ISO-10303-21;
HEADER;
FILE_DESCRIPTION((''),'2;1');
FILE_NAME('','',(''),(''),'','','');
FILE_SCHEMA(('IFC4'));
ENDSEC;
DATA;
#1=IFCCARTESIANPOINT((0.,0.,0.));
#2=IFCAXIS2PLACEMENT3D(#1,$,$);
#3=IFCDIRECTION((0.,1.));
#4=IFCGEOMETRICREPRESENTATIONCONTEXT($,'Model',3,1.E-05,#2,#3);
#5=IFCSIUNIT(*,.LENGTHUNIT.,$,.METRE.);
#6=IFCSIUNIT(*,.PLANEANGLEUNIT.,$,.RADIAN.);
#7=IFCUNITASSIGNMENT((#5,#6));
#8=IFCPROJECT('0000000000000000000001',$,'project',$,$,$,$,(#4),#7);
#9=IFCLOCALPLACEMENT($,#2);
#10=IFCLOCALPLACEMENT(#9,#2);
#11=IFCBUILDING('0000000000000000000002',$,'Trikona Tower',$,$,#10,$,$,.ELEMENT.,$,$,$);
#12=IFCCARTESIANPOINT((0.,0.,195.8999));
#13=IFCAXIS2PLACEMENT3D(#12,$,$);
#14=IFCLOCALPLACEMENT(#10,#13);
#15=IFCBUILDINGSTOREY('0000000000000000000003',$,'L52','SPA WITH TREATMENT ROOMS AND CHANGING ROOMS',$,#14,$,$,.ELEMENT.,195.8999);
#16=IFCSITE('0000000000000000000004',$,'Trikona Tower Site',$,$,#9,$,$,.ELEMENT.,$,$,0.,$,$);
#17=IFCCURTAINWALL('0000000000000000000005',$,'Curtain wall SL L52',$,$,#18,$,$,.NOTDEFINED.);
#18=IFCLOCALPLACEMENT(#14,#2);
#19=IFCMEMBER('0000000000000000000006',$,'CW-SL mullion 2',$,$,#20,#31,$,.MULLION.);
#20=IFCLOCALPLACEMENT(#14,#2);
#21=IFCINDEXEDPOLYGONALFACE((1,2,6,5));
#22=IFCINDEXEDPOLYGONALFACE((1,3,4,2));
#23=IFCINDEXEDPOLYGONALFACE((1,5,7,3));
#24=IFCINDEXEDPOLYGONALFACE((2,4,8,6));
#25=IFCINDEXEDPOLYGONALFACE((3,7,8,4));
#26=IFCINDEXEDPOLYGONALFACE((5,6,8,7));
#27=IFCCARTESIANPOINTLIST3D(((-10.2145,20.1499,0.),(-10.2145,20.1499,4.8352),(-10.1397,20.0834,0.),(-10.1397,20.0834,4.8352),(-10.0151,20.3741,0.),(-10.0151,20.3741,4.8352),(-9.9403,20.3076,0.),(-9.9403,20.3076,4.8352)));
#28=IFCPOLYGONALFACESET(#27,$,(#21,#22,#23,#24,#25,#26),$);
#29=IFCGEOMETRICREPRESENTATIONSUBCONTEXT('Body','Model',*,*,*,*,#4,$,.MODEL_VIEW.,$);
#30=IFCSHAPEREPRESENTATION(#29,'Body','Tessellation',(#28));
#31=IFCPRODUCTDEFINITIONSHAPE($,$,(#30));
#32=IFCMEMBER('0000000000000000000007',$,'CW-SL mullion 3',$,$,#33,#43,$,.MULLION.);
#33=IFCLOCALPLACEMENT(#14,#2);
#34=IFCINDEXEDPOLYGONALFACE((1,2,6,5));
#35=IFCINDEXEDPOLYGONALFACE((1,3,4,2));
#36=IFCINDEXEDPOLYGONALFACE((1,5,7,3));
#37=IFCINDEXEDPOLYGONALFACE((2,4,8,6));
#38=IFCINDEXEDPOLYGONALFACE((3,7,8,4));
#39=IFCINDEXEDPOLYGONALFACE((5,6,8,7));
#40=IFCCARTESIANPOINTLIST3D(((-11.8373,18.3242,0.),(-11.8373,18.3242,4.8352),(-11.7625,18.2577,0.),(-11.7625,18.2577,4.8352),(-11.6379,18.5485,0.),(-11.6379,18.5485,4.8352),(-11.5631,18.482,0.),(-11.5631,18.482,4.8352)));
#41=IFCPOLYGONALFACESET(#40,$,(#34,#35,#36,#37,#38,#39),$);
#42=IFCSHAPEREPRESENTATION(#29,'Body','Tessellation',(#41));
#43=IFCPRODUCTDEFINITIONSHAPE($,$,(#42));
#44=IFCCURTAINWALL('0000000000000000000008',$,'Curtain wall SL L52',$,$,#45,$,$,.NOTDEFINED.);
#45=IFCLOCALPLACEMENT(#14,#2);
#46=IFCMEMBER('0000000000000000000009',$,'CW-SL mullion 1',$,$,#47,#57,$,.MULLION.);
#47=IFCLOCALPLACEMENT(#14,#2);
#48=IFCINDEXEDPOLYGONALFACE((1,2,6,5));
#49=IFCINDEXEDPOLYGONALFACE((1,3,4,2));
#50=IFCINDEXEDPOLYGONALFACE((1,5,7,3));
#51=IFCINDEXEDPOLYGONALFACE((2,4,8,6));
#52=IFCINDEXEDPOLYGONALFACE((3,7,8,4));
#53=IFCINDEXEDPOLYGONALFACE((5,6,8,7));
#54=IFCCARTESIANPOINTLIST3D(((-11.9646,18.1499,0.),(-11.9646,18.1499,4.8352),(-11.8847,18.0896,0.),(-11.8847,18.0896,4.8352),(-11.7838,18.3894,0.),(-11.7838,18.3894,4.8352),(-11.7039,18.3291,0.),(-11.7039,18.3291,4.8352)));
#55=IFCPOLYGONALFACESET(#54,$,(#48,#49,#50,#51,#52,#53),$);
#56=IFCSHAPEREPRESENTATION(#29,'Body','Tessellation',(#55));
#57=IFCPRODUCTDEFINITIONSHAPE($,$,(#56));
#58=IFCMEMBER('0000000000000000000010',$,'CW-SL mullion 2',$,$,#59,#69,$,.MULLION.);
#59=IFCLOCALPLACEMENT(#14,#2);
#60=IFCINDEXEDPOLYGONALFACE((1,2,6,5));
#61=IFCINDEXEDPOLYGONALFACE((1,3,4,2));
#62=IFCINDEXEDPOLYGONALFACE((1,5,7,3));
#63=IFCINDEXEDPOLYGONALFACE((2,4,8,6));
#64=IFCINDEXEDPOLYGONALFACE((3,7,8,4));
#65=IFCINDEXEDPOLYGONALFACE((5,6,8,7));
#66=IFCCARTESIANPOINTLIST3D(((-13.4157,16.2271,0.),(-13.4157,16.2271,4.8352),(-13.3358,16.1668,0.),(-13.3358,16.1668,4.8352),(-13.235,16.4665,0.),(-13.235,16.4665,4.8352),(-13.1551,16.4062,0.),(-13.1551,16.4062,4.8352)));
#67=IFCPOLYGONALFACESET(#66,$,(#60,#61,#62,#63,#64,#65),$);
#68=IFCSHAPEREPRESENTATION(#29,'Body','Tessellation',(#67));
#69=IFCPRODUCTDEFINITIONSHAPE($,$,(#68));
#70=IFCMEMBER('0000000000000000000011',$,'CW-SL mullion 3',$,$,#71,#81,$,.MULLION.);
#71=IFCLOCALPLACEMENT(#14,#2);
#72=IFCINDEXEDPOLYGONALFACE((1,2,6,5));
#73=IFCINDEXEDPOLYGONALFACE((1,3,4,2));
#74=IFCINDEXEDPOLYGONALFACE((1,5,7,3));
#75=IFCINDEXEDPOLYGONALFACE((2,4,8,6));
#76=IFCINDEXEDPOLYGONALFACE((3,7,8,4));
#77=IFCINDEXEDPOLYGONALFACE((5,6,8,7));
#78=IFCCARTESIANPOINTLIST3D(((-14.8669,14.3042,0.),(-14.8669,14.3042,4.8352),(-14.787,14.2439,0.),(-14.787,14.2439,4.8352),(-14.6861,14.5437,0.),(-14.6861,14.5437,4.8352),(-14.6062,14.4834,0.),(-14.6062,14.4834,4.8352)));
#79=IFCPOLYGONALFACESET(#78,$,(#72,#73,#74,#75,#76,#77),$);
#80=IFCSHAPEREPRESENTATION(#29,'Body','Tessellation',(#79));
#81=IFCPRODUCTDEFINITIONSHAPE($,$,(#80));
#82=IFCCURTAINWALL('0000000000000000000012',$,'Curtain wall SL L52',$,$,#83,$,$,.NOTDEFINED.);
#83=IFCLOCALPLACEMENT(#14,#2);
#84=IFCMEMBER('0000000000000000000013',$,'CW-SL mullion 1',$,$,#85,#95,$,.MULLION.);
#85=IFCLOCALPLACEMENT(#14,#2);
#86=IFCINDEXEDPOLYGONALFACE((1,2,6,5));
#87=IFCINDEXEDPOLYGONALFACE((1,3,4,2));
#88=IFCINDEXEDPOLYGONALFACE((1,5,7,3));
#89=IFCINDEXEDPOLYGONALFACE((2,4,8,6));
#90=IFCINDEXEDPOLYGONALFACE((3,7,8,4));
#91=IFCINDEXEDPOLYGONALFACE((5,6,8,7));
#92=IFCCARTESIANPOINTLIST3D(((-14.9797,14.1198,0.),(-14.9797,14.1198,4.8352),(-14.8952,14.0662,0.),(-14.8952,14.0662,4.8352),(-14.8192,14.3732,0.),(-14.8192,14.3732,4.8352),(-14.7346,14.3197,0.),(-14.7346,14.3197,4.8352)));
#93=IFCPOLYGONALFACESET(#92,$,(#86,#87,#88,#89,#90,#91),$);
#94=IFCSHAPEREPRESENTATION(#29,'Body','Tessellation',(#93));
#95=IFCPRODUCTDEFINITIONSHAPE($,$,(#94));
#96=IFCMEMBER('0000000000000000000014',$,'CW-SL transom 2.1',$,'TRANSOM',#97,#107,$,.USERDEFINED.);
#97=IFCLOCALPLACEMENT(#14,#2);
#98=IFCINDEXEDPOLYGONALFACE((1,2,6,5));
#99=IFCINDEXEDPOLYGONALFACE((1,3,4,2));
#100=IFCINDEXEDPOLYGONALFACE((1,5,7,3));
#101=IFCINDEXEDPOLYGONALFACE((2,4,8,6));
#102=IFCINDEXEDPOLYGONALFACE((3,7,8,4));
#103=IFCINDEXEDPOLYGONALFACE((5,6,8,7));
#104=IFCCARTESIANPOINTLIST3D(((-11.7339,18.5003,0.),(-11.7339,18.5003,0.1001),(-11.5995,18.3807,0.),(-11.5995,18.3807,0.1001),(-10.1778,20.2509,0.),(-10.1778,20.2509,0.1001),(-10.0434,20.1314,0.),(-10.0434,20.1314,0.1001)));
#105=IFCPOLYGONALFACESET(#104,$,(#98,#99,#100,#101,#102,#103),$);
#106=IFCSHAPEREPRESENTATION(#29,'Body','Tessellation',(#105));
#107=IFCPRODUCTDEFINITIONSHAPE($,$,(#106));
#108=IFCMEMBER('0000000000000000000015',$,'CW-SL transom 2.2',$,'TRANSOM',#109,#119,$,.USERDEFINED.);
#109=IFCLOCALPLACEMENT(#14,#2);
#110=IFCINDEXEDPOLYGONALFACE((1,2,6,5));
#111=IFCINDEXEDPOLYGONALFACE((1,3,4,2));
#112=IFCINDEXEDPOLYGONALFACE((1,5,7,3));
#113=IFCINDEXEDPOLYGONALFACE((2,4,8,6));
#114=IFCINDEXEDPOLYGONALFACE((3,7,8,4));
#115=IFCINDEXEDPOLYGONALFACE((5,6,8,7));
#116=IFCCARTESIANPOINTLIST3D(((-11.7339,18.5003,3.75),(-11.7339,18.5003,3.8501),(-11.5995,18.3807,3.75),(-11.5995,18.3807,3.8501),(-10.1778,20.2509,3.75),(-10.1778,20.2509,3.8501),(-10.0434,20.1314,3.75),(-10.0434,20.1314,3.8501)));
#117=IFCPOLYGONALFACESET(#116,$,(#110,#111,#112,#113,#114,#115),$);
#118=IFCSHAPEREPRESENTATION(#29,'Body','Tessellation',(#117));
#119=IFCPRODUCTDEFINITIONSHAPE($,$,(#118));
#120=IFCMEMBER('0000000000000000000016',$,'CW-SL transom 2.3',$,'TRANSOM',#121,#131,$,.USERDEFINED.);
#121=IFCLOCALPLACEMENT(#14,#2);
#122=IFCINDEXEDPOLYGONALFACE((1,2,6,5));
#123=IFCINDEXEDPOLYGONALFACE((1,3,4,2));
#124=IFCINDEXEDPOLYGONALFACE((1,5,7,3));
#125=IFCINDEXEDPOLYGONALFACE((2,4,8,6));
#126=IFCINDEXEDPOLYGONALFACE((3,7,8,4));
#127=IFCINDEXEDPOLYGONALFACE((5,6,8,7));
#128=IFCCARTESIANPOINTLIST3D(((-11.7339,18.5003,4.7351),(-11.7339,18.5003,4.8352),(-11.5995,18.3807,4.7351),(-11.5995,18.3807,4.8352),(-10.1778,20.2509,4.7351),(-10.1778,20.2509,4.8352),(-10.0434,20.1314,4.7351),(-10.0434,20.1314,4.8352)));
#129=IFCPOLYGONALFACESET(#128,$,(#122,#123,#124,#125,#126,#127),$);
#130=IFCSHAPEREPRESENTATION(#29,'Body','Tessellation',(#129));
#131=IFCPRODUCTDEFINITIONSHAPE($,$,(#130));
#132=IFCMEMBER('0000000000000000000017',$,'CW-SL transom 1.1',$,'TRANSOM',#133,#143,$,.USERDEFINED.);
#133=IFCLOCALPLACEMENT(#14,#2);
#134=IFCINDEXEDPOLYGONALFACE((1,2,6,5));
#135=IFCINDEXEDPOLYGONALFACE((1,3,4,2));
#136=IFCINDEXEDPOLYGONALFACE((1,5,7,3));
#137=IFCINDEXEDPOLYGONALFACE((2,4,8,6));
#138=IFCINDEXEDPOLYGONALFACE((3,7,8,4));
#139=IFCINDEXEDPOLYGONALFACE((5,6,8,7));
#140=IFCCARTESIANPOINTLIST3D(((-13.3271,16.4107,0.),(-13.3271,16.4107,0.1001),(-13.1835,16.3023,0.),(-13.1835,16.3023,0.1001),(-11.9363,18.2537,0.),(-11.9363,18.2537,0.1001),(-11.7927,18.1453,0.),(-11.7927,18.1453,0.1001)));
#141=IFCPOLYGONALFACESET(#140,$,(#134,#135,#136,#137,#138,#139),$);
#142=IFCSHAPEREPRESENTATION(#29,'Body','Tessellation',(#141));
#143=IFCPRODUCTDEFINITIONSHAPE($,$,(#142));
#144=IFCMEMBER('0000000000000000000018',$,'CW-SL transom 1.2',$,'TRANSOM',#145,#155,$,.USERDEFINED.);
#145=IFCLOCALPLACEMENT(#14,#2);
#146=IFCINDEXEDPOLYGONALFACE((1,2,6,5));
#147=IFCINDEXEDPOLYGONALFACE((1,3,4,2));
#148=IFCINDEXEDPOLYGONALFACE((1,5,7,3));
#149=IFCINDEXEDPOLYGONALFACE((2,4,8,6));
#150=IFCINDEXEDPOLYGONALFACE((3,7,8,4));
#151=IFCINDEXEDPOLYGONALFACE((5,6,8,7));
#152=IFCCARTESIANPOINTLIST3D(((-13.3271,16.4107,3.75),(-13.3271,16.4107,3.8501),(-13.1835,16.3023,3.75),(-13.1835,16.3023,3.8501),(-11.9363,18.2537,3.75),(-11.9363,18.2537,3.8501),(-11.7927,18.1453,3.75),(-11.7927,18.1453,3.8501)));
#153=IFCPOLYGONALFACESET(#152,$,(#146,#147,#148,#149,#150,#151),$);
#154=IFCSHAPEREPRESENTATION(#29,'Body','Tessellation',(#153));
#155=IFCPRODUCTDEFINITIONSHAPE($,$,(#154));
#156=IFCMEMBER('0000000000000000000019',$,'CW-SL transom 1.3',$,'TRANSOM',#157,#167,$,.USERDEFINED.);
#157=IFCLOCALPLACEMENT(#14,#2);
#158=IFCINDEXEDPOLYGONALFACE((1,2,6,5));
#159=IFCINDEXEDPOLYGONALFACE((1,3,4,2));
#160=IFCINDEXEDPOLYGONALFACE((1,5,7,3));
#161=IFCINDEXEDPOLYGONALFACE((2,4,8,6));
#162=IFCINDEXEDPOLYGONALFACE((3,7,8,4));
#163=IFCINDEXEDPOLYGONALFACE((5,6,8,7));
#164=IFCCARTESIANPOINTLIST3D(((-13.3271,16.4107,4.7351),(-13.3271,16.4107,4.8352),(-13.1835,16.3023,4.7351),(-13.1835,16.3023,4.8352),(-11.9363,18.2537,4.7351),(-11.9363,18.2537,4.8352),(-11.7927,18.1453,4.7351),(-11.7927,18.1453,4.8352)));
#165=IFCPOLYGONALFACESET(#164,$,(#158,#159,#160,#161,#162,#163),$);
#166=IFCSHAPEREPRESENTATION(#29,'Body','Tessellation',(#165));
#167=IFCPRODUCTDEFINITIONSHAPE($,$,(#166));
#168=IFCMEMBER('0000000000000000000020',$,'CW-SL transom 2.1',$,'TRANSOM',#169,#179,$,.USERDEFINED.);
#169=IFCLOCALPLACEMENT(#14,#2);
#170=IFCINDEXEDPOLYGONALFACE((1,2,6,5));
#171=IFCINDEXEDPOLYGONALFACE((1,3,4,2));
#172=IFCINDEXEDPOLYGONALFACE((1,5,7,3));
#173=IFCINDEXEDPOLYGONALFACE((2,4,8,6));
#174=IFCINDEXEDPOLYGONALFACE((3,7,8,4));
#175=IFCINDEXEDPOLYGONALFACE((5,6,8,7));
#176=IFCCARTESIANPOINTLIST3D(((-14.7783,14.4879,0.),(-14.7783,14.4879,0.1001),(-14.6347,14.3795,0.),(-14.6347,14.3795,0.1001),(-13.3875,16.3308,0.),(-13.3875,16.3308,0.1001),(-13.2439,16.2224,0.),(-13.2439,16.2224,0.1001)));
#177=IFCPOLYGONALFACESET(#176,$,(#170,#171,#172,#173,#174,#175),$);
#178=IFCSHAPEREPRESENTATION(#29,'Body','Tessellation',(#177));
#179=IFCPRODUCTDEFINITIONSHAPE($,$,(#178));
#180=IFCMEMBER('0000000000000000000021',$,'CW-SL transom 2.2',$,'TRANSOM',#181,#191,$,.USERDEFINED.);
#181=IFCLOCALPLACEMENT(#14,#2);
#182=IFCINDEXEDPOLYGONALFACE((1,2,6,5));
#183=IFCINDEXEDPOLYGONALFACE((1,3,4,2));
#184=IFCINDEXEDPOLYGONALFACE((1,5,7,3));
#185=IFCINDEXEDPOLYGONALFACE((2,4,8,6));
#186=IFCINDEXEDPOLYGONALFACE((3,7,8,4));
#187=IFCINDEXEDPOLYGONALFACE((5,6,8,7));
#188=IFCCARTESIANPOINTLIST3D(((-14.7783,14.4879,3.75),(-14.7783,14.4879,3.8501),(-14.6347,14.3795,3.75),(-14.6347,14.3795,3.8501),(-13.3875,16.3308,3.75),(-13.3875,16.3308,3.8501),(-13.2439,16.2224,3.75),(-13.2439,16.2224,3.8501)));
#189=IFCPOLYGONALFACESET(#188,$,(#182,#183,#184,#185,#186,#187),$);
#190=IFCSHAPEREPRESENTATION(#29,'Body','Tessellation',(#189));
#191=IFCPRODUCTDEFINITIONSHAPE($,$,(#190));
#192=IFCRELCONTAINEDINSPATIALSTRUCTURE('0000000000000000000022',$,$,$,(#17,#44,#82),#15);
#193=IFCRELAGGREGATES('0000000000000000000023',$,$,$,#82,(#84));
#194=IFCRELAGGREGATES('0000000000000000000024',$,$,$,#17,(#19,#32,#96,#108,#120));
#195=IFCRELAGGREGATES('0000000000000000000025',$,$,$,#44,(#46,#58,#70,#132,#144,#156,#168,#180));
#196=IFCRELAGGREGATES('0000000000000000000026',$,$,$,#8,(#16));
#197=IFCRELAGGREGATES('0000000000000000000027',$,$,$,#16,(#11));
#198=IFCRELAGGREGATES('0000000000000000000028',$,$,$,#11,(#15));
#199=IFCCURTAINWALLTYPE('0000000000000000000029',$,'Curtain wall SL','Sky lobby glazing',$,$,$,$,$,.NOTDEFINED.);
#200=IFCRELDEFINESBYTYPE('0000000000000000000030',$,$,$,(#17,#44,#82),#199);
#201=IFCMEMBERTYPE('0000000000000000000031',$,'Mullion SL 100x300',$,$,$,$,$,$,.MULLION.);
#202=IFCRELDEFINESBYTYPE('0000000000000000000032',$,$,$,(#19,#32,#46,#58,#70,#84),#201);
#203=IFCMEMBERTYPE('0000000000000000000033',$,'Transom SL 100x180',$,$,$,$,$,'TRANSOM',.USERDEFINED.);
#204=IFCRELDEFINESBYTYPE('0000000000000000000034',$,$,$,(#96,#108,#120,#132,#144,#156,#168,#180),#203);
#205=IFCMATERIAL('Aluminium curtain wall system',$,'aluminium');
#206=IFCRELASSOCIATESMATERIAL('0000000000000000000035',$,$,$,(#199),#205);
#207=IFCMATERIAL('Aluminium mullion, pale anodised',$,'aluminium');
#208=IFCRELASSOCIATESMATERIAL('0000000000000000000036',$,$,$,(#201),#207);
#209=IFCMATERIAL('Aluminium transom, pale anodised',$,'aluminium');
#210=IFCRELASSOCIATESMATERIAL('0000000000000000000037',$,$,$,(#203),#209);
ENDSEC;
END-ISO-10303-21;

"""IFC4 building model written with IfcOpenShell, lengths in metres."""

from ifc_helpers import new_model, si_unit, direction, frame, origin, origin_2d, place, context, subcontext, project, spatial, rectangle, extrude, material, material_profile, profile_set, type_object, element, aggregate, save


model = new_model("IFC4")

# Units and contexts
model_context = context("Model", 3, precision=1e-05, world=origin(), true_north=direction((0.0, 1.0)))
body_context = subcontext(model_context, "Body", "Model", "MODEL_VIEW")
ifc_project = project(units=[si_unit("LENGTHUNIT", "METRE"), si_unit("PLANEANGLEUNIT", "RADIAN")], contexts=[model_context])

# Site, building, storey
site_placement = place(None, origin())
site = spatial("IfcSite", under=ifc_project, at=site_placement, Name="Trikona Tower Site", CompositionType="ELEMENT", RefElevation=0.0)
building_placement = place(site_placement, origin())
building = spatial("IfcBuilding", under=site, at=building_placement, Name="Trikona Tower", CompositionType="ELEMENT")
storey_placement = place(building_placement, frame((0.0, 0.0, 195.8999)))
storey = spatial("IfcBuildingStorey", under=building, at=storey_placement, Name="L52", Description="SPA WITH TREATMENT ROOMS AND CHANGING ROOMS", CompositionType="ELEMENT", Elevation=195.8999)

# Curtain walls, members
ifc_material_1 = material(Name="Aluminium curtain wall system", Category="aluminium")
curtain_wall_type = type_object("IfcCurtainWallType", Name="Curtain wall SL", Description="Sky lobby glazing", PredefinedType="NOTDEFINED", material=ifc_material_1)
curtain_wall_1_placement = place(storey_placement, origin())
curtain_wall_1 = element("IfcCurtainWall", 1, at=curtain_wall_1_placement, inside=storey, type_object=curtain_wall_type, Name="Curtain wall SL L52", PredefinedType="NOTDEFINED")
ifc_material_2 = material(Name="Aluminium mullion, pale anodised", Category="aluminium")
ifc_material_profile_1 = material_profile(ifc_material_2, rectangle(XDim=0.1001, YDim=0.3, at=origin_2d()), Name="MUL-SL")
ifc_profile_set_1 = profile_set([ifc_material_profile_1], Name="Aluminium mullion, pale anodised")
member_type_1 = type_object("IfcMemberType", Name="Mullion SL 100x300", PredefinedType="MULLION", material=ifc_profile_set_1)
member_1_placement = place(storey_placement, frame((-10.0774, 20.2288, 0.0), z_axis=(0.0, 0.0, 1.0), x_axis=(0.747403, -0.664371, 0.0)))
member_1 = element("IfcMember", 2, at=member_1_placement, type_object=member_type_1, Name="CW-SL mullion 2", PredefinedType="MULLION", context=body_context, shape_type="SweptSolid", body=[
    extrude(rectangle(XDim=0.1001, YDim=0.3, at=origin_2d()), origin(), (0.0, 0.0, 1.0), 4.8352),
])
member_2_placement = place(storey_placement, frame((-11.7002, 18.4031, 0.0), z_axis=(0.0, 0.0, 1.0), x_axis=(0.747403, -0.664371, 0.0)))
member_2 = element("IfcMember", 3, at=member_2_placement, type_object=member_type_1, Name="CW-SL mullion 3", PredefinedType="MULLION", context=body_context, shape_type="SweptSolid", body=[
    extrude(rectangle(XDim=0.1001, YDim=0.3, at=origin_2d()), origin(), (0.0, 0.0, 1.0), 4.8352),
])
curtain_wall_2_placement = place(storey_placement, origin())
curtain_wall_2 = element("IfcCurtainWall", 4, at=curtain_wall_2_placement, inside=storey, type_object=curtain_wall_type, Name="Curtain wall SL L52", PredefinedType="NOTDEFINED")
member_3_placement = place(storey_placement, frame((-11.8342, 18.2395, 0.0), z_axis=(0.0, 0.0, 1.0), x_axis=(0.798193, -0.602402, 0.0)))
member_3 = element("IfcMember", 5, at=member_3_placement, type_object=member_type_1, Name="CW-SL mullion 1", PredefinedType="MULLION", context=body_context, shape_type="SweptSolid", body=[
    extrude(rectangle(XDim=0.1001, YDim=0.3, at=origin_2d()), origin(), (0.0, 0.0, 1.0), 4.8352),
])
member_4_placement = place(storey_placement, frame((-13.2854, 16.3167, 0.0), z_axis=(0.0, 0.0, 1.0), x_axis=(0.798193, -0.602402, 0.0)))
member_4 = element("IfcMember", 6, at=member_4_placement, type_object=member_type_1, Name="CW-SL mullion 2", PredefinedType="MULLION", context=body_context, shape_type="SweptSolid", body=[
    extrude(rectangle(XDim=0.1001, YDim=0.3, at=origin_2d()), origin(), (0.0, 0.0, 1.0), 4.8352),
])
member_5_placement = place(storey_placement, frame((-14.7366, 14.3938, 0.0), z_axis=(0.0, 0.0, 1.0), x_axis=(0.798193, -0.602402, 0.0)))
member_5 = element("IfcMember", 7, at=member_5_placement, type_object=member_type_1, Name="CW-SL mullion 3", PredefinedType="MULLION", context=body_context, shape_type="SweptSolid", body=[
    extrude(rectangle(XDim=0.1001, YDim=0.3, at=origin_2d()), origin(), (0.0, 0.0, 1.0), 4.8352),
])

# Curtain wall, member
curtain_wall_3_placement = place(storey_placement, origin())
curtain_wall_3 = element("IfcCurtainWall", 8, at=curtain_wall_3_placement, inside=storey, type_object=curtain_wall_type, Name="Curtain wall SL L52", PredefinedType="NOTDEFINED")
member_6_placement = place(storey_placement, frame((-14.8572, 14.2197, 0.0), z_axis=(0.0, 0.0, 1.0), x_axis=(0.844718, -0.535212, 0.0)))
member_6 = element("IfcMember", 9, at=member_6_placement, type_object=member_type_1, Name="CW-SL mullion 1", PredefinedType="MULLION", context=body_context, shape_type="SweptSolid", body=[
    extrude(rectangle(XDim=0.1001, YDim=0.3, at=origin_2d()), origin(), (0.0, 0.0, 1.0), 4.8352),
])

# Members
ifc_material_3 = material(Name="Aluminium transom, pale anodised", Category="aluminium")
ifc_material_profile_2 = material_profile(ifc_material_3, rectangle(XDim=0.1799, YDim=0.1001, at=origin_2d()), Name="TRN-SL")
ifc_profile_set_2 = profile_set([ifc_material_profile_2], Name="Aluminium transom, pale anodised")
member_type_2 = type_object("IfcMemberType", Name="Transom SL 100x180", ElementType="TRANSOM", PredefinedType="USERDEFINED", material=ifc_profile_set_2)
member_7_placement = place(storey_placement, frame((-10.1106, 20.1912, 0.05), z_axis=(-0.664351, -0.747421, 0.0), x_axis=(0.747421, -0.664351, 0.0)))
member_7 = element("IfcMember", 10, at=member_7_placement, type_object=member_type_2, Name="CW-SL transom 2.1", ObjectType="TRANSOM", PredefinedType="USERDEFINED", context=body_context, shape_type="SweptSolid", body=[
    extrude(rectangle(XDim=0.1799, YDim=0.1001, at=origin_2d()), origin(), (0.0, 0.0, 1.0), 2.3423),
])
member_8_placement = place(storey_placement, frame((-10.1106, 20.1912, 3.8), z_axis=(-0.664351, -0.747421, 0.0), x_axis=(0.747421, -0.664351, 0.0)))
member_8 = element("IfcMember", 11, at=member_8_placement, type_object=member_type_2, Name="CW-SL transom 2.2", ObjectType="TRANSOM", PredefinedType="USERDEFINED", context=body_context, shape_type="SweptSolid", body=[
    extrude(rectangle(XDim=0.1799, YDim=0.1001, at=origin_2d()), origin(), (0.0, 0.0, 1.0), 2.3423),
])
member_9_placement = place(storey_placement, frame((-10.1106, 20.1912, 4.7852), z_axis=(-0.664351, -0.747421, 0.0), x_axis=(0.747421, -0.664351, 0.0)))
member_9 = element("IfcMember", 12, at=member_9_placement, type_object=member_type_2, Name="CW-SL transom 2.3", ObjectType="TRANSOM", PredefinedType="USERDEFINED", context=body_context, shape_type="SweptSolid", body=[
    extrude(rectangle(XDim=0.1799, YDim=0.1001, at=origin_2d()), origin(), (0.0, 0.0, 1.0), 2.3423),
])
member_10_placement = place(storey_placement, frame((-11.8645, 18.1995, 0.05), z_axis=(-0.602383, -0.798207, 0.0), x_axis=(0.798207, -0.602383, 0.0)))
member_10 = element("IfcMember", 13, at=member_10_placement, type_object=member_type_2, Name="CW-SL transom 1.1", ObjectType="TRANSOM", PredefinedType="USERDEFINED", context=body_context, shape_type="SweptSolid", body=[
    extrude(rectangle(XDim=0.1799, YDim=0.1001, at=origin_2d()), origin(), (0.0, 0.0, 1.0), 2.3088),
])
member_11_placement = place(storey_placement, frame((-11.8645, 18.1995, 3.8), z_axis=(-0.602383, -0.798207, 0.0), x_axis=(0.798207, -0.602383, 0.0)))
member_11 = element("IfcMember", 14, at=member_11_placement, type_object=member_type_2, Name="CW-SL transom 1.2", ObjectType="TRANSOM", PredefinedType="USERDEFINED", context=body_context, shape_type="SweptSolid", body=[
    extrude(rectangle(XDim=0.1799, YDim=0.1001, at=origin_2d()), origin(), (0.0, 0.0, 1.0), 2.3088),
])
member_12_placement = place(storey_placement, frame((-11.8645, 18.1995, 4.7852), z_axis=(-0.602383, -0.798207, 0.0), x_axis=(0.798207, -0.602383, 0.0)))
member_12 = element("IfcMember", 15, at=member_12_placement, type_object=member_type_2, Name="CW-SL transom 1.3", ObjectType="TRANSOM", PredefinedType="USERDEFINED", context=body_context, shape_type="SweptSolid", body=[
    extrude(rectangle(XDim=0.1799, YDim=0.1001, at=origin_2d()), origin(), (0.0, 0.0, 1.0), 2.3088),
])
member_13_placement = place(storey_placement, frame((-13.3157, 16.2766, 0.05), z_axis=(-0.602383, -0.798207, 0.0), x_axis=(0.798207, -0.602383, 0.0)))
member_13 = element("IfcMember", 16, at=member_13_placement, type_object=member_type_2, Name="CW-SL transom 2.1", ObjectType="TRANSOM", PredefinedType="USERDEFINED", context=body_context, shape_type="SweptSolid", body=[
    extrude(rectangle(XDim=0.1799, YDim=0.1001, at=origin_2d()), origin(), (0.0, 0.0, 1.0), 2.3088),
])
member_14_placement = place(storey_placement, frame((-13.3157, 16.2766, 3.8), z_axis=(-0.602383, -0.798207, 0.0), x_axis=(0.798207, -0.602383, 0.0)))
member_14 = element("IfcMember", 17, at=member_14_placement, type_object=member_type_2, Name="CW-SL transom 2.2", ObjectType="TRANSOM", PredefinedType="USERDEFINED", context=body_context, shape_type="SweptSolid", body=[
    extrude(rectangle(XDim=0.1799, YDim=0.1001, at=origin_2d()), origin(), (0.0, 0.0, 1.0), 2.3088),
])
aggregate(curtain_wall_3, [member_6])

aggregate(curtain_wall_1, [member_1, member_2, member_7, member_8, member_9])
aggregate(curtain_wall_2, [member_3, member_4, member_5, member_10, member_11, member_12, member_13, member_14])

save(model, "model.ifc")
